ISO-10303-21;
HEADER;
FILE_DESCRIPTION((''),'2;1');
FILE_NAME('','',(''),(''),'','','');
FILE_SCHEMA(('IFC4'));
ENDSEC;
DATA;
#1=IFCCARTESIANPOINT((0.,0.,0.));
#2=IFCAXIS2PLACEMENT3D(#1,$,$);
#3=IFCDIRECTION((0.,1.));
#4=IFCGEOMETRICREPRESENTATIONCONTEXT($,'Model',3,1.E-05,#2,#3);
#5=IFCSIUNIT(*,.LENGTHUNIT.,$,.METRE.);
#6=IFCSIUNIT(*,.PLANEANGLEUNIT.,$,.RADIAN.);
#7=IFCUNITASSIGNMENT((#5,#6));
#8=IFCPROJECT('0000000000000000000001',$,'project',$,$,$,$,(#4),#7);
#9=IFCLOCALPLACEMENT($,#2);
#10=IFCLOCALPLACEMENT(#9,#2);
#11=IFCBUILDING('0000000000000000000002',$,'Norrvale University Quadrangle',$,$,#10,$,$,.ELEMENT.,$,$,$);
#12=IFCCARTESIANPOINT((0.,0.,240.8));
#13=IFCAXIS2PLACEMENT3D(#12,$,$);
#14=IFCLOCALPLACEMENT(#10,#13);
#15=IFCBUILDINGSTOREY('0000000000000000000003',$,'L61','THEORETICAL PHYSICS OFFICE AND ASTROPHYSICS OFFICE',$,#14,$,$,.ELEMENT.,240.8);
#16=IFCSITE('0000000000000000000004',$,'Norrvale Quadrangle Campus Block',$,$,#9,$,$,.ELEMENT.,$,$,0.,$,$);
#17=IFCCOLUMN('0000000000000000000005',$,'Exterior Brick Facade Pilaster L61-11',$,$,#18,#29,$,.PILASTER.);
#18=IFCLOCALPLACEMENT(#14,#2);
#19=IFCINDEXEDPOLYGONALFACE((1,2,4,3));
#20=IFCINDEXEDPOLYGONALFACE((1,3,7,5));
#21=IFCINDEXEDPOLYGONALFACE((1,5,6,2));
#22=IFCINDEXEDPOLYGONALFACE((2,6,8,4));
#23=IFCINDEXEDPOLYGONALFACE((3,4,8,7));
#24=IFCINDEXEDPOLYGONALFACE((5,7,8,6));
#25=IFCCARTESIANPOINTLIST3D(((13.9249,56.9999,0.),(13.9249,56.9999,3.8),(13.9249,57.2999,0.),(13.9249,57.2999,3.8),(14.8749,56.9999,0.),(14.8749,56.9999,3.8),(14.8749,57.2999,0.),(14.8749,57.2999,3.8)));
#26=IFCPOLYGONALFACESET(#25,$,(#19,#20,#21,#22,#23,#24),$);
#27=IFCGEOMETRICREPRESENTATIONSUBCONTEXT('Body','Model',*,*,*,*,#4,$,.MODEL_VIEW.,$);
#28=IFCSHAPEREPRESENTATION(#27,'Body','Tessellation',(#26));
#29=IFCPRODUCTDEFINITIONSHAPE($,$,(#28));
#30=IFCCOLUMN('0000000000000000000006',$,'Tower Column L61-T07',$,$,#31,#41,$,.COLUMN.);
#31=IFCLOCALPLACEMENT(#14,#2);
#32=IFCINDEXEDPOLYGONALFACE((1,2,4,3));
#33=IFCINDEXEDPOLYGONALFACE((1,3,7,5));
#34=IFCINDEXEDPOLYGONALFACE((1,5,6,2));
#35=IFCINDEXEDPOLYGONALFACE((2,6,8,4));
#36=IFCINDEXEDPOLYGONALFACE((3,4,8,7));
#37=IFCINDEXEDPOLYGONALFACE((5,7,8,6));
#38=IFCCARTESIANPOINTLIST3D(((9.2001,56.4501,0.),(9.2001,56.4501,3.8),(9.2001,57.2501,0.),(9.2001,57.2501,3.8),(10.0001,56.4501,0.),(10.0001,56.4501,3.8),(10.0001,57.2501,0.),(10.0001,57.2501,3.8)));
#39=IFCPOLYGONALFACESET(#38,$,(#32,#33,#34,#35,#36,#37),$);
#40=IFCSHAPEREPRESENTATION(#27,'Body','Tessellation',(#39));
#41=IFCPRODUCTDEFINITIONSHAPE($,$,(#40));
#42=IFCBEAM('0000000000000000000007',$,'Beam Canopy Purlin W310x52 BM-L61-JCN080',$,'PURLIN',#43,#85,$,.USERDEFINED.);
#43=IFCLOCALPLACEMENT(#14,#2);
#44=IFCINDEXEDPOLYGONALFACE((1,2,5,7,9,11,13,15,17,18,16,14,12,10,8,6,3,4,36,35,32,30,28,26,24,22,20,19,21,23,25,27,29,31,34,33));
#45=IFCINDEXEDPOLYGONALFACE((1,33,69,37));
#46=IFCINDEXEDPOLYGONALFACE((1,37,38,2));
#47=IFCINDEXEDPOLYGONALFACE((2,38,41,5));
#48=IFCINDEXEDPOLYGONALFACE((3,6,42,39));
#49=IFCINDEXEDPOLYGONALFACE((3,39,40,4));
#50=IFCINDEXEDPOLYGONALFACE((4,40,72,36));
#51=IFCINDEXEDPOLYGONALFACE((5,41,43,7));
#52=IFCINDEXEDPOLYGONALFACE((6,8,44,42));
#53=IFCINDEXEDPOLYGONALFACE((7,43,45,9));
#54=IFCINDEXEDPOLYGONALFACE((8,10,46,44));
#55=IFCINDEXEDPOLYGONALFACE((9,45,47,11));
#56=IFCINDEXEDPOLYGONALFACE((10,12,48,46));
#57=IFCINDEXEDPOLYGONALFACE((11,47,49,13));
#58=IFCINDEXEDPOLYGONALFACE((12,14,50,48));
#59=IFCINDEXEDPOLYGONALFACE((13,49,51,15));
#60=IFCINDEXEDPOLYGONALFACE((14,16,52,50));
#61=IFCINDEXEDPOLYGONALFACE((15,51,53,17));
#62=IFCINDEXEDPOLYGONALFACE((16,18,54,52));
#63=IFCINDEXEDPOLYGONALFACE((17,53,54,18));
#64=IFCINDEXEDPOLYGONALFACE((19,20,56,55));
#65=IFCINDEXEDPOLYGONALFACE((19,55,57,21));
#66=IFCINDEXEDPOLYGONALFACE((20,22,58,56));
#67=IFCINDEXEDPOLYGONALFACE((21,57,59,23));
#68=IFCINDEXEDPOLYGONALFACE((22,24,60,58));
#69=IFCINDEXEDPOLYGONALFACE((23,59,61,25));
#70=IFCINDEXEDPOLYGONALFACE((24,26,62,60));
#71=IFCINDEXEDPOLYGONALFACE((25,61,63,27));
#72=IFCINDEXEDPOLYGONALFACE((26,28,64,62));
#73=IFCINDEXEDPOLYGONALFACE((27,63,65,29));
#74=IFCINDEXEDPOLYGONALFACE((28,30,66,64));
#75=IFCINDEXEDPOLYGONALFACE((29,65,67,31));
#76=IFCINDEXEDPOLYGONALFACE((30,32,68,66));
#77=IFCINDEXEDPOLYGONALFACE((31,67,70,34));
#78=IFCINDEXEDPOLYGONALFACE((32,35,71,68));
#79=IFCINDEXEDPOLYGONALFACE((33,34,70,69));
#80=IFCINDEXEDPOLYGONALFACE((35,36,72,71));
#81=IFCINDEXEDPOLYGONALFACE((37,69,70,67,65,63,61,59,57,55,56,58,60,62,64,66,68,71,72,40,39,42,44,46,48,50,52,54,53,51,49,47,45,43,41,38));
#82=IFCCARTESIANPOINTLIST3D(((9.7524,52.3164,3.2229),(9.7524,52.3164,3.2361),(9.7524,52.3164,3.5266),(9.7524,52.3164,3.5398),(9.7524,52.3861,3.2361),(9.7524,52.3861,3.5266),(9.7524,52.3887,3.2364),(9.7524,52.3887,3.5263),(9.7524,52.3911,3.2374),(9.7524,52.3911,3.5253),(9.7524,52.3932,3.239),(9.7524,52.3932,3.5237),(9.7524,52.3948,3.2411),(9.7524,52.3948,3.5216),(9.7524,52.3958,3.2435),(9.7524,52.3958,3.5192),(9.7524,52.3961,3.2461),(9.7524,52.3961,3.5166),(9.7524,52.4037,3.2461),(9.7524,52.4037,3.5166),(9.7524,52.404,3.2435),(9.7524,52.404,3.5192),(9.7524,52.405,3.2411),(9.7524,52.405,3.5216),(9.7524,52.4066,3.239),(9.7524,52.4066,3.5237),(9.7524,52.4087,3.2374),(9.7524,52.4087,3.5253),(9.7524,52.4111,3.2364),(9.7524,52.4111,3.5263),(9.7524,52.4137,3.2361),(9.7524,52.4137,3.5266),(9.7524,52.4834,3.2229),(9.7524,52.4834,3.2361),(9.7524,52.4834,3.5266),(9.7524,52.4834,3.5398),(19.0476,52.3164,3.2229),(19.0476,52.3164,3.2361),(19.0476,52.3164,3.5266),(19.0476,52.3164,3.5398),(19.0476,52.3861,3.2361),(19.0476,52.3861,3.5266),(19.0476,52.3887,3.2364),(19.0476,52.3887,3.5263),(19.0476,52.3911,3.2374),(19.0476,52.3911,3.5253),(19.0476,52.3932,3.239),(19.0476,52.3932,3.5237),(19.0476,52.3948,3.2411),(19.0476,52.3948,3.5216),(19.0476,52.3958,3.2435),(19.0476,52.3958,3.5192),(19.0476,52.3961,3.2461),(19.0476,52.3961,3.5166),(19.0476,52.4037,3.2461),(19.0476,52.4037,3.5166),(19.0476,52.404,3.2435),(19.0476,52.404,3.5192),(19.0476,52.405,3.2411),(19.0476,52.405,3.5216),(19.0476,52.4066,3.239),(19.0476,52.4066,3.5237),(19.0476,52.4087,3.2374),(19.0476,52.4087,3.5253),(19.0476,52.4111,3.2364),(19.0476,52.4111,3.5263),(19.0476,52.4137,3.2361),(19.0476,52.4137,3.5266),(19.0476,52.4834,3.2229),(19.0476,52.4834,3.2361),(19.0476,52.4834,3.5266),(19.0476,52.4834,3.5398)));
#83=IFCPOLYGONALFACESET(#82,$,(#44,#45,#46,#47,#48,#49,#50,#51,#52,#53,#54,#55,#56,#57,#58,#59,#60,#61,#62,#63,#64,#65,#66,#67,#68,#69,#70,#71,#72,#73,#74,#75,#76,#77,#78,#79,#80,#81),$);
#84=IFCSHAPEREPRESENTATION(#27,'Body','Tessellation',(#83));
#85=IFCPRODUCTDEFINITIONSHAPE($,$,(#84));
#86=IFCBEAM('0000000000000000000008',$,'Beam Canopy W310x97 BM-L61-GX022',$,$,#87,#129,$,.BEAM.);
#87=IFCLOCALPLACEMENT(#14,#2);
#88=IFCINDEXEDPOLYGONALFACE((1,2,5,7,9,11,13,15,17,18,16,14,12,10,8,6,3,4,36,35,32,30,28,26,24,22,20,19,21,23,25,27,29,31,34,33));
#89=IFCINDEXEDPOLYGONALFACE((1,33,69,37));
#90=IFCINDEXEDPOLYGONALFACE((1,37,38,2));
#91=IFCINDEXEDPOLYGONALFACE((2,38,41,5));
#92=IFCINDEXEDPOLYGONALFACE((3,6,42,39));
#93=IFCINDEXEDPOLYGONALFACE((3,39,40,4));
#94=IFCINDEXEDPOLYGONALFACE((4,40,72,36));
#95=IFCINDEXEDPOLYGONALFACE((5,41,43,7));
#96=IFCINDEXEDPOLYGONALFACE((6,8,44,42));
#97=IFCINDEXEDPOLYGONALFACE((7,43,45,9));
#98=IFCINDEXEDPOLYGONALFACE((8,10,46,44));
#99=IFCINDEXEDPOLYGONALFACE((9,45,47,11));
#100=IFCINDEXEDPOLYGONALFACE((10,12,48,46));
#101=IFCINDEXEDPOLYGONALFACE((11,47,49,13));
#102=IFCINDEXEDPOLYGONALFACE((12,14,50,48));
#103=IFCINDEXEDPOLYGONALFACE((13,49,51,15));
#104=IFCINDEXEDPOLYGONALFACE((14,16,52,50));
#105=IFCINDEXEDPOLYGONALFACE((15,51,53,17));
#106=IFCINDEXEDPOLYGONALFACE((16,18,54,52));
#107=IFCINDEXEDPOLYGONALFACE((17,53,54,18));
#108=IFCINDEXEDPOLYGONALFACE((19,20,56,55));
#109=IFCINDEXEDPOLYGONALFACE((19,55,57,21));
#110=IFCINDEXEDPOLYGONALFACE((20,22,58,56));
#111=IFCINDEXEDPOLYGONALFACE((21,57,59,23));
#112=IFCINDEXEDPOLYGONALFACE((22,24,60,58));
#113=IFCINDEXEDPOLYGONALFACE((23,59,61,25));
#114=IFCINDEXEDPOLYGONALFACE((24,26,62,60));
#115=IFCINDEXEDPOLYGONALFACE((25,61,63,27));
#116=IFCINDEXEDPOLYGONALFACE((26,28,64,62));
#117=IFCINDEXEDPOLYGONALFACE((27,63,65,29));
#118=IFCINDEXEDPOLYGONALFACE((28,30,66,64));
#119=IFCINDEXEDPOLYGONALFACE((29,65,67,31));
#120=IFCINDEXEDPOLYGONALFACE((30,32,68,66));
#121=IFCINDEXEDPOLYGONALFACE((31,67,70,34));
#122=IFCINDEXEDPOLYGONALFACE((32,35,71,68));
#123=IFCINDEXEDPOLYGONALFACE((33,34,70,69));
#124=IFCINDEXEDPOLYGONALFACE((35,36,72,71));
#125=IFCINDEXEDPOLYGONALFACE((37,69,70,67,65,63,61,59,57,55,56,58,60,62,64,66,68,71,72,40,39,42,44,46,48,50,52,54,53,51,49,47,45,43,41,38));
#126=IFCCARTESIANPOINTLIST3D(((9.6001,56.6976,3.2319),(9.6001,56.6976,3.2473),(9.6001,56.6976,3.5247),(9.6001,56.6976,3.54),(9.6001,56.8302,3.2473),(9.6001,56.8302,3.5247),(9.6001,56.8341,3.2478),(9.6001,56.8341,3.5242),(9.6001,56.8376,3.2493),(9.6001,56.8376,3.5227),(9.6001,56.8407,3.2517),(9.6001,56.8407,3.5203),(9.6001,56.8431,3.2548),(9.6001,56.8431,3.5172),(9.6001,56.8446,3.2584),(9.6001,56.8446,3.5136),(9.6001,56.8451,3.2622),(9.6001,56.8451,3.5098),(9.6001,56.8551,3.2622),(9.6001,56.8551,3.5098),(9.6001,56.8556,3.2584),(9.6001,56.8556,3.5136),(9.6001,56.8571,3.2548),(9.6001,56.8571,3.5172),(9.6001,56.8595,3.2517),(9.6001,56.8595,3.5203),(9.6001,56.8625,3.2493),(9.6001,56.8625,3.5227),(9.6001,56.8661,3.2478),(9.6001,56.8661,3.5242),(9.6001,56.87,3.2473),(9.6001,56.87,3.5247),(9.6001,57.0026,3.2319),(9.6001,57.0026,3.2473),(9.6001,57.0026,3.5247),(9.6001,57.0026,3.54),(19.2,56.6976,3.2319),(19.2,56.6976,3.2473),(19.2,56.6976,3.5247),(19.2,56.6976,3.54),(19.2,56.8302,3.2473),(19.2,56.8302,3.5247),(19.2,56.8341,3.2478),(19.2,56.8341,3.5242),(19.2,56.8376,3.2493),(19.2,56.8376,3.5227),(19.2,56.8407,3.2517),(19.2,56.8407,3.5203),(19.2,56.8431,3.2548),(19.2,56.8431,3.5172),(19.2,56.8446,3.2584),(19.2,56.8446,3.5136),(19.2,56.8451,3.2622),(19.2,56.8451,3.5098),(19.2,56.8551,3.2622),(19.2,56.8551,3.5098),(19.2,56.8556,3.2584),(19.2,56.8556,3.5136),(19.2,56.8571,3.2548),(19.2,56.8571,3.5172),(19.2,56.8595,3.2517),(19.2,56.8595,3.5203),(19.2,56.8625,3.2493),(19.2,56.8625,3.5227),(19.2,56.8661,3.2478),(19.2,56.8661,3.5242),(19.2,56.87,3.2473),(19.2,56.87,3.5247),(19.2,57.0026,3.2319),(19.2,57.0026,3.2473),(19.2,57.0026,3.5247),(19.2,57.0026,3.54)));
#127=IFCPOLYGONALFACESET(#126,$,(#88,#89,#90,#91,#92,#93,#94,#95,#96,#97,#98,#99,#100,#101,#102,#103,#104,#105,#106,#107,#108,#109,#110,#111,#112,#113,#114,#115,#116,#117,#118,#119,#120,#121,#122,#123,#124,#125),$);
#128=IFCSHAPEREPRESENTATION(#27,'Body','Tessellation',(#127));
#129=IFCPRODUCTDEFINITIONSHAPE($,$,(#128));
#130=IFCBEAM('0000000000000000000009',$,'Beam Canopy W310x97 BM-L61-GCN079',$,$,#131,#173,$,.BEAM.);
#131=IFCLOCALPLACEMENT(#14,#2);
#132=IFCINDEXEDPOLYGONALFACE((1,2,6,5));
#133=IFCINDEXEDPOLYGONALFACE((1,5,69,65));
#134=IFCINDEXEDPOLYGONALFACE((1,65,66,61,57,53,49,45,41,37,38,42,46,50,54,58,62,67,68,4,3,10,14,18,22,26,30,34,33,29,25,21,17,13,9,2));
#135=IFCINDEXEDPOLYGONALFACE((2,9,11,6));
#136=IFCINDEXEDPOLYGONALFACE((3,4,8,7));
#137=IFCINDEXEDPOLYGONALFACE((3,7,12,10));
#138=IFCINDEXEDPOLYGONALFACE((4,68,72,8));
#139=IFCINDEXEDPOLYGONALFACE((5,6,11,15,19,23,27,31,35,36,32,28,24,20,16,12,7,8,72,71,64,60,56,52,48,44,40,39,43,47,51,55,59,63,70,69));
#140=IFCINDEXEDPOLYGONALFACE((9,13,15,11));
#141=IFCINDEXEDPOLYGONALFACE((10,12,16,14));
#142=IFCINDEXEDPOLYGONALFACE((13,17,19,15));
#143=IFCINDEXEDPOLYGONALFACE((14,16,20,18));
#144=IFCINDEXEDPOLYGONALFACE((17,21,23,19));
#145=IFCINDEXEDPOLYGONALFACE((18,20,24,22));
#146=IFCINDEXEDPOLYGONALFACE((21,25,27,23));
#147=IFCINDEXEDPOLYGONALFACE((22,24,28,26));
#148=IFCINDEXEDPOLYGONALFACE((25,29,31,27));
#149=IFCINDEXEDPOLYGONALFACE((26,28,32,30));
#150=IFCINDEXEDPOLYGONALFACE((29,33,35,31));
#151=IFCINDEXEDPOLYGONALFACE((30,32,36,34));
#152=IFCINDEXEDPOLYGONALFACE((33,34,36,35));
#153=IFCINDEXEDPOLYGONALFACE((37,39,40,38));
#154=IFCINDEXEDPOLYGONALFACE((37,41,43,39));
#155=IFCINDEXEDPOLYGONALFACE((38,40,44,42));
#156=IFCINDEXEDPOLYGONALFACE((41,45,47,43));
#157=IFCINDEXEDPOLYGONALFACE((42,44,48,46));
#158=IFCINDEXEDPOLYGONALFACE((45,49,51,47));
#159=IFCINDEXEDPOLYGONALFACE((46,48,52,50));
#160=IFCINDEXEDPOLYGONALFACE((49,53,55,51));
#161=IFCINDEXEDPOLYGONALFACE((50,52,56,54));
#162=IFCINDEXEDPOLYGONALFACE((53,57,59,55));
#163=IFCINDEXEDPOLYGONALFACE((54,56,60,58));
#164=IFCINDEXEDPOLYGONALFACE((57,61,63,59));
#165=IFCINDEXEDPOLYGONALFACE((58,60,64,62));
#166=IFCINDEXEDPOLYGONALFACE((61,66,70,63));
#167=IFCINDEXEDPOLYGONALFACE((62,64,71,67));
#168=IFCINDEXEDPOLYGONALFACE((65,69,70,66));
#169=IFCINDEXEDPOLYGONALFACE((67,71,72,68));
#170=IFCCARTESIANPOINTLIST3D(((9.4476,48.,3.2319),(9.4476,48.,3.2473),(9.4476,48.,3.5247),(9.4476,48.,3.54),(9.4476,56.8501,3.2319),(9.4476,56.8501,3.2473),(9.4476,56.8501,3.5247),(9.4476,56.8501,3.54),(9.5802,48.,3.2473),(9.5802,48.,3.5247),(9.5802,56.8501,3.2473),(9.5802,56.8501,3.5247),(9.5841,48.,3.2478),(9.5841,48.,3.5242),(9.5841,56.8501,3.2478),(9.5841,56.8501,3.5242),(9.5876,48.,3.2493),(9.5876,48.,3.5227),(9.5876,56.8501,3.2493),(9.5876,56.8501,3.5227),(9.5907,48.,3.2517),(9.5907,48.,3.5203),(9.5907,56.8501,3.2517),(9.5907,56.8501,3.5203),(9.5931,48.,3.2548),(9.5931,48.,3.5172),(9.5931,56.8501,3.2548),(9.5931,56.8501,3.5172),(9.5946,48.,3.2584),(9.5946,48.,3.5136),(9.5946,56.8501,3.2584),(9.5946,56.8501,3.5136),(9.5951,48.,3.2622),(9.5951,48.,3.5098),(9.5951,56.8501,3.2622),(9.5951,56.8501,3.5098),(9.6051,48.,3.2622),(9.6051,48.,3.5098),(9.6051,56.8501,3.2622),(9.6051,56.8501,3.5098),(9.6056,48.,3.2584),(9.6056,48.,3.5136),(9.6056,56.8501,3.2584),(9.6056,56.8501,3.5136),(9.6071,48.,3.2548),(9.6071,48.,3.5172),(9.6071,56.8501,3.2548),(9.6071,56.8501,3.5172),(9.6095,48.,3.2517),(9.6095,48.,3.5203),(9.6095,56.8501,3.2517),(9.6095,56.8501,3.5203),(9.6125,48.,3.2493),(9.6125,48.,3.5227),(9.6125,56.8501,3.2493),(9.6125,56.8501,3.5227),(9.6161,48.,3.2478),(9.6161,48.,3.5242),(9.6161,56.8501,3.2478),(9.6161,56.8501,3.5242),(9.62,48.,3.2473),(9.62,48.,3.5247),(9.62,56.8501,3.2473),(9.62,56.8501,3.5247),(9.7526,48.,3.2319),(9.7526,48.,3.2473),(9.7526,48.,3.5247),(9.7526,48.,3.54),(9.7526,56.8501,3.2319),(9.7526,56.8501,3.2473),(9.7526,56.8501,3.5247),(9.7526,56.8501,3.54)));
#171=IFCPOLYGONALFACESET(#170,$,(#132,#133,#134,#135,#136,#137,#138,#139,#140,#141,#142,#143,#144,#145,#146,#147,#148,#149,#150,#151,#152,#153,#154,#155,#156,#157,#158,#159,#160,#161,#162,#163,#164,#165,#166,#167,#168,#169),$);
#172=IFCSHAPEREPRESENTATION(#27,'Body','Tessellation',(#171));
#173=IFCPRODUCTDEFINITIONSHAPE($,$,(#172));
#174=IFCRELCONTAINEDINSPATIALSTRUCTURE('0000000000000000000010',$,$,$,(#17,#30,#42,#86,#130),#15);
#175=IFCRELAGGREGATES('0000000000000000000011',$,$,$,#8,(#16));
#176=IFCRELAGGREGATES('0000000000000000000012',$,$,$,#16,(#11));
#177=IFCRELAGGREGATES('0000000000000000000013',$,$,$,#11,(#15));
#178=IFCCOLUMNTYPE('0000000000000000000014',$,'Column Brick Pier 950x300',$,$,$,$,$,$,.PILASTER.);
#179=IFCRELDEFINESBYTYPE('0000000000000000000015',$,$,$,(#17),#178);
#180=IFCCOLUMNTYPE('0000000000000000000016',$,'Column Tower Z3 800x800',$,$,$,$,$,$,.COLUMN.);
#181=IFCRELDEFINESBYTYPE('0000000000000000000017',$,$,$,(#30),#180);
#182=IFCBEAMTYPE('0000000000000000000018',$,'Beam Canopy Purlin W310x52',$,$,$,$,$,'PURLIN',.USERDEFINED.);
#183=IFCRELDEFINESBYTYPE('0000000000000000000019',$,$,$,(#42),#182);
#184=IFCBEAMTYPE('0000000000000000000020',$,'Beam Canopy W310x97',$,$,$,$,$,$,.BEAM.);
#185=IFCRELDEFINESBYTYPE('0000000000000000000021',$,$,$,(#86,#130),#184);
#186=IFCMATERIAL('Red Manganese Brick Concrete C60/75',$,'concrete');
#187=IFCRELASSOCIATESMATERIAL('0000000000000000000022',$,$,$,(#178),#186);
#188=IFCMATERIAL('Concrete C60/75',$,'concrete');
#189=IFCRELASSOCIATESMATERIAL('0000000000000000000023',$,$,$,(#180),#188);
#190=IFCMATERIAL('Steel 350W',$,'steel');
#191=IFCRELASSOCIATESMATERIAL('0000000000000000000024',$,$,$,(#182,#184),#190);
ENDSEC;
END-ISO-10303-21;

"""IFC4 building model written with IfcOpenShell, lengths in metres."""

from ifc_helpers import new_model, si_unit, direction, frame, origin, origin_2d, place, context, subcontext, project, spatial, rectangle, i_section, extrude, material, material_profile, profile_set, type_object, element, save


model = new_model("IFC4")

# Units and contexts
model_context = context("Model", 3, precision=1e-05, world=origin(), true_north=direction((0.0, 1.0)))
body_context = subcontext(model_context, "Body", "Model", "MODEL_VIEW")
ifc_project = project(units=[si_unit("LENGTHUNIT", "METRE"), si_unit("PLANEANGLEUNIT", "RADIAN")], contexts=[model_context])

# Site, building, storey
site_placement = place(None, origin())
site = spatial("IfcSite", under=ifc_project, at=site_placement, Name="Norrvale Quadrangle Campus Block", CompositionType="ELEMENT", RefElevation=0.0)
building_placement = place(site_placement, origin())
building = spatial("IfcBuilding", under=site, at=building_placement, Name="Norrvale University Quadrangle", CompositionType="ELEMENT")
storey_placement = place(building_placement, frame((0.0, 0.0, 240.8)))
storey = spatial("IfcBuildingStorey", under=building, at=storey_placement, Name="L61", Description="THEORETICAL PHYSICS OFFICE AND ASTROPHYSICS OFFICE", CompositionType="ELEMENT", Elevation=240.8)

# Columns
ifc_material_1 = material(Name="Red Manganese Brick Concrete C60/75", Category="concrete")
ifc_material_profile_1 = material_profile(ifc_material_1, rectangle(XDim=0.95, YDim=0.3, at=origin_2d()), Name="Red Manganese Brick Concrete C60/75")
ifc_profile_set_1 = profile_set([ifc_material_profile_1], Name="Red Manganese Brick Concrete C60/75")
column_type_1 = type_object("IfcColumnType", Name="Column Brick Pier 950x300", PredefinedType="PILASTER", material=ifc_profile_set_1)
column_1_placement = place(storey_placement, frame((14.3999, 57.1499, 0.0), z_axis=(0.0, 0.0, 1.0), x_axis=(1.0, 0.0, 0.0)))
element("IfcColumn", 1, at=column_1_placement, inside=storey, type_object=column_type_1, Name="Exterior Brick Facade Pilaster L61-11", PredefinedType="PILASTER", context=body_context, shape_type="SweptSolid", body=[
    extrude(rectangle(XDim=0.95, YDim=0.3, at=origin_2d()), origin(), (0.0, 0.0, 1.0), 3.8),
])
ifc_material_2 = material(Name="Concrete C60/75", Category="concrete")
ifc_material_profile_2 = material_profile(ifc_material_2, rectangle(XDim=0.8, YDim=0.8, at=origin_2d()), Name="Concrete C60/75")
ifc_profile_set_2 = profile_set([ifc_material_profile_2], Name="Concrete C60/75")
column_type_2 = type_object("IfcColumnType", Name="Column Tower Z3 800x800", PredefinedType="COLUMN", material=ifc_profile_set_2)
column_2_placement = place(storey_placement, frame((9.6001, 56.8501, 0.0), z_axis=(0.0, 0.0, 1.0), x_axis=(1.0, 0.0, 0.0)))
element("IfcColumn", 2, at=column_2_placement, inside=storey, type_object=column_type_2, Name="Tower Column L61-T07", PredefinedType="COLUMN", context=body_context, shape_type="SweptSolid", body=[
    extrude(rectangle(XDim=0.8, YDim=0.8, at=origin_2d()), origin(), (0.0, 0.0, 1.0), 3.8),
])

# Beams
ifc_material_3 = material(Name="Steel 350W", Category="steel")
ifc_material_profile_3 = material_profile(ifc_material_3, i_section(OverallWidth=0.167, OverallDepth=0.3169, WebThickness=0.0076, FlangeThickness=0.0132, FilletRadius=0.01, at=origin_2d()), Name="Steel 350W")
ifc_profile_set_3 = profile_set([ifc_material_profile_3], Name="Steel 350W")
beam_type_1 = type_object("IfcBeamType", Name="Beam Canopy Purlin W310x52", ElementType="PURLIN", PredefinedType="USERDEFINED", material=ifc_profile_set_3)
beam_1_placement = place(storey_placement, frame((9.7524, 52.3999, 3.3813), z_axis=(1.0, 0.0, 0.0), x_axis=(0.0, 1.0, 0.0)))
element("IfcBeam", 3, at=beam_1_placement, inside=storey, type_object=beam_type_1, Name="Beam Canopy Purlin W310x52 BM-L61-JCN080", ObjectType="PURLIN", PredefinedType="USERDEFINED", context=body_context, shape_type="SweptSolid", body=[
    extrude(i_section(OverallWidth=0.167, OverallDepth=0.3169, WebThickness=0.0076, FlangeThickness=0.0132, FilletRadius=0.01, at=origin_2d()), origin(), (0.0, 0.0, 1.0), 9.2952),
])
ifc_material_profile_4 = material_profile(ifc_material_3, i_section(OverallWidth=0.3049, OverallDepth=0.3081, WebThickness=0.01, FlangeThickness=0.0154, FilletRadius=0.0149, at=origin_2d()), Name="Steel 350W")
ifc_profile_set_4 = profile_set([ifc_material_profile_4], Name="Steel 350W")
beam_type_2 = type_object("IfcBeamType", Name="Beam Canopy W310x97", PredefinedType="BEAM", material=ifc_profile_set_4)
beam_2_placement = place(storey_placement, frame((9.6001, 56.8501, 3.386), z_axis=(1.0, 0.0, 0.0), x_axis=(0.0, 1.0, 0.0)))
element("IfcBeam", 4, at=beam_2_placement, inside=storey, type_object=beam_type_2, Name="Beam Canopy W310x97 BM-L61-GX022", PredefinedType="BEAM", context=body_context, shape_type="SweptSolid", body=[
    extrude(i_section(OverallWidth=0.3049, OverallDepth=0.3081, WebThickness=0.01, FlangeThickness=0.0154, FilletRadius=0.0149, at=origin_2d()), origin(), (0.0, 0.0, 1.0), 9.5999),
])
beam_3_placement = place(storey_placement, frame((9.6001, 48.0, 3.386), z_axis=(0.0, 1.0, 0.0), x_axis=(-1.0, 0.0, 0.0)))
element("IfcBeam", 5, at=beam_3_placement, inside=storey, type_object=beam_type_2, Name="Beam Canopy W310x97 BM-L61-GCN079", PredefinedType="BEAM", context=body_context, shape_type="SweptSolid", body=[
    extrude(i_section(OverallWidth=0.3049, OverallDepth=0.3081, WebThickness=0.01, FlangeThickness=0.0154, FilletRadius=0.0149, at=origin_2d()), origin(), (0.0, 0.0, 1.0), 8.8501),
])

save(model, "model.ifc")
